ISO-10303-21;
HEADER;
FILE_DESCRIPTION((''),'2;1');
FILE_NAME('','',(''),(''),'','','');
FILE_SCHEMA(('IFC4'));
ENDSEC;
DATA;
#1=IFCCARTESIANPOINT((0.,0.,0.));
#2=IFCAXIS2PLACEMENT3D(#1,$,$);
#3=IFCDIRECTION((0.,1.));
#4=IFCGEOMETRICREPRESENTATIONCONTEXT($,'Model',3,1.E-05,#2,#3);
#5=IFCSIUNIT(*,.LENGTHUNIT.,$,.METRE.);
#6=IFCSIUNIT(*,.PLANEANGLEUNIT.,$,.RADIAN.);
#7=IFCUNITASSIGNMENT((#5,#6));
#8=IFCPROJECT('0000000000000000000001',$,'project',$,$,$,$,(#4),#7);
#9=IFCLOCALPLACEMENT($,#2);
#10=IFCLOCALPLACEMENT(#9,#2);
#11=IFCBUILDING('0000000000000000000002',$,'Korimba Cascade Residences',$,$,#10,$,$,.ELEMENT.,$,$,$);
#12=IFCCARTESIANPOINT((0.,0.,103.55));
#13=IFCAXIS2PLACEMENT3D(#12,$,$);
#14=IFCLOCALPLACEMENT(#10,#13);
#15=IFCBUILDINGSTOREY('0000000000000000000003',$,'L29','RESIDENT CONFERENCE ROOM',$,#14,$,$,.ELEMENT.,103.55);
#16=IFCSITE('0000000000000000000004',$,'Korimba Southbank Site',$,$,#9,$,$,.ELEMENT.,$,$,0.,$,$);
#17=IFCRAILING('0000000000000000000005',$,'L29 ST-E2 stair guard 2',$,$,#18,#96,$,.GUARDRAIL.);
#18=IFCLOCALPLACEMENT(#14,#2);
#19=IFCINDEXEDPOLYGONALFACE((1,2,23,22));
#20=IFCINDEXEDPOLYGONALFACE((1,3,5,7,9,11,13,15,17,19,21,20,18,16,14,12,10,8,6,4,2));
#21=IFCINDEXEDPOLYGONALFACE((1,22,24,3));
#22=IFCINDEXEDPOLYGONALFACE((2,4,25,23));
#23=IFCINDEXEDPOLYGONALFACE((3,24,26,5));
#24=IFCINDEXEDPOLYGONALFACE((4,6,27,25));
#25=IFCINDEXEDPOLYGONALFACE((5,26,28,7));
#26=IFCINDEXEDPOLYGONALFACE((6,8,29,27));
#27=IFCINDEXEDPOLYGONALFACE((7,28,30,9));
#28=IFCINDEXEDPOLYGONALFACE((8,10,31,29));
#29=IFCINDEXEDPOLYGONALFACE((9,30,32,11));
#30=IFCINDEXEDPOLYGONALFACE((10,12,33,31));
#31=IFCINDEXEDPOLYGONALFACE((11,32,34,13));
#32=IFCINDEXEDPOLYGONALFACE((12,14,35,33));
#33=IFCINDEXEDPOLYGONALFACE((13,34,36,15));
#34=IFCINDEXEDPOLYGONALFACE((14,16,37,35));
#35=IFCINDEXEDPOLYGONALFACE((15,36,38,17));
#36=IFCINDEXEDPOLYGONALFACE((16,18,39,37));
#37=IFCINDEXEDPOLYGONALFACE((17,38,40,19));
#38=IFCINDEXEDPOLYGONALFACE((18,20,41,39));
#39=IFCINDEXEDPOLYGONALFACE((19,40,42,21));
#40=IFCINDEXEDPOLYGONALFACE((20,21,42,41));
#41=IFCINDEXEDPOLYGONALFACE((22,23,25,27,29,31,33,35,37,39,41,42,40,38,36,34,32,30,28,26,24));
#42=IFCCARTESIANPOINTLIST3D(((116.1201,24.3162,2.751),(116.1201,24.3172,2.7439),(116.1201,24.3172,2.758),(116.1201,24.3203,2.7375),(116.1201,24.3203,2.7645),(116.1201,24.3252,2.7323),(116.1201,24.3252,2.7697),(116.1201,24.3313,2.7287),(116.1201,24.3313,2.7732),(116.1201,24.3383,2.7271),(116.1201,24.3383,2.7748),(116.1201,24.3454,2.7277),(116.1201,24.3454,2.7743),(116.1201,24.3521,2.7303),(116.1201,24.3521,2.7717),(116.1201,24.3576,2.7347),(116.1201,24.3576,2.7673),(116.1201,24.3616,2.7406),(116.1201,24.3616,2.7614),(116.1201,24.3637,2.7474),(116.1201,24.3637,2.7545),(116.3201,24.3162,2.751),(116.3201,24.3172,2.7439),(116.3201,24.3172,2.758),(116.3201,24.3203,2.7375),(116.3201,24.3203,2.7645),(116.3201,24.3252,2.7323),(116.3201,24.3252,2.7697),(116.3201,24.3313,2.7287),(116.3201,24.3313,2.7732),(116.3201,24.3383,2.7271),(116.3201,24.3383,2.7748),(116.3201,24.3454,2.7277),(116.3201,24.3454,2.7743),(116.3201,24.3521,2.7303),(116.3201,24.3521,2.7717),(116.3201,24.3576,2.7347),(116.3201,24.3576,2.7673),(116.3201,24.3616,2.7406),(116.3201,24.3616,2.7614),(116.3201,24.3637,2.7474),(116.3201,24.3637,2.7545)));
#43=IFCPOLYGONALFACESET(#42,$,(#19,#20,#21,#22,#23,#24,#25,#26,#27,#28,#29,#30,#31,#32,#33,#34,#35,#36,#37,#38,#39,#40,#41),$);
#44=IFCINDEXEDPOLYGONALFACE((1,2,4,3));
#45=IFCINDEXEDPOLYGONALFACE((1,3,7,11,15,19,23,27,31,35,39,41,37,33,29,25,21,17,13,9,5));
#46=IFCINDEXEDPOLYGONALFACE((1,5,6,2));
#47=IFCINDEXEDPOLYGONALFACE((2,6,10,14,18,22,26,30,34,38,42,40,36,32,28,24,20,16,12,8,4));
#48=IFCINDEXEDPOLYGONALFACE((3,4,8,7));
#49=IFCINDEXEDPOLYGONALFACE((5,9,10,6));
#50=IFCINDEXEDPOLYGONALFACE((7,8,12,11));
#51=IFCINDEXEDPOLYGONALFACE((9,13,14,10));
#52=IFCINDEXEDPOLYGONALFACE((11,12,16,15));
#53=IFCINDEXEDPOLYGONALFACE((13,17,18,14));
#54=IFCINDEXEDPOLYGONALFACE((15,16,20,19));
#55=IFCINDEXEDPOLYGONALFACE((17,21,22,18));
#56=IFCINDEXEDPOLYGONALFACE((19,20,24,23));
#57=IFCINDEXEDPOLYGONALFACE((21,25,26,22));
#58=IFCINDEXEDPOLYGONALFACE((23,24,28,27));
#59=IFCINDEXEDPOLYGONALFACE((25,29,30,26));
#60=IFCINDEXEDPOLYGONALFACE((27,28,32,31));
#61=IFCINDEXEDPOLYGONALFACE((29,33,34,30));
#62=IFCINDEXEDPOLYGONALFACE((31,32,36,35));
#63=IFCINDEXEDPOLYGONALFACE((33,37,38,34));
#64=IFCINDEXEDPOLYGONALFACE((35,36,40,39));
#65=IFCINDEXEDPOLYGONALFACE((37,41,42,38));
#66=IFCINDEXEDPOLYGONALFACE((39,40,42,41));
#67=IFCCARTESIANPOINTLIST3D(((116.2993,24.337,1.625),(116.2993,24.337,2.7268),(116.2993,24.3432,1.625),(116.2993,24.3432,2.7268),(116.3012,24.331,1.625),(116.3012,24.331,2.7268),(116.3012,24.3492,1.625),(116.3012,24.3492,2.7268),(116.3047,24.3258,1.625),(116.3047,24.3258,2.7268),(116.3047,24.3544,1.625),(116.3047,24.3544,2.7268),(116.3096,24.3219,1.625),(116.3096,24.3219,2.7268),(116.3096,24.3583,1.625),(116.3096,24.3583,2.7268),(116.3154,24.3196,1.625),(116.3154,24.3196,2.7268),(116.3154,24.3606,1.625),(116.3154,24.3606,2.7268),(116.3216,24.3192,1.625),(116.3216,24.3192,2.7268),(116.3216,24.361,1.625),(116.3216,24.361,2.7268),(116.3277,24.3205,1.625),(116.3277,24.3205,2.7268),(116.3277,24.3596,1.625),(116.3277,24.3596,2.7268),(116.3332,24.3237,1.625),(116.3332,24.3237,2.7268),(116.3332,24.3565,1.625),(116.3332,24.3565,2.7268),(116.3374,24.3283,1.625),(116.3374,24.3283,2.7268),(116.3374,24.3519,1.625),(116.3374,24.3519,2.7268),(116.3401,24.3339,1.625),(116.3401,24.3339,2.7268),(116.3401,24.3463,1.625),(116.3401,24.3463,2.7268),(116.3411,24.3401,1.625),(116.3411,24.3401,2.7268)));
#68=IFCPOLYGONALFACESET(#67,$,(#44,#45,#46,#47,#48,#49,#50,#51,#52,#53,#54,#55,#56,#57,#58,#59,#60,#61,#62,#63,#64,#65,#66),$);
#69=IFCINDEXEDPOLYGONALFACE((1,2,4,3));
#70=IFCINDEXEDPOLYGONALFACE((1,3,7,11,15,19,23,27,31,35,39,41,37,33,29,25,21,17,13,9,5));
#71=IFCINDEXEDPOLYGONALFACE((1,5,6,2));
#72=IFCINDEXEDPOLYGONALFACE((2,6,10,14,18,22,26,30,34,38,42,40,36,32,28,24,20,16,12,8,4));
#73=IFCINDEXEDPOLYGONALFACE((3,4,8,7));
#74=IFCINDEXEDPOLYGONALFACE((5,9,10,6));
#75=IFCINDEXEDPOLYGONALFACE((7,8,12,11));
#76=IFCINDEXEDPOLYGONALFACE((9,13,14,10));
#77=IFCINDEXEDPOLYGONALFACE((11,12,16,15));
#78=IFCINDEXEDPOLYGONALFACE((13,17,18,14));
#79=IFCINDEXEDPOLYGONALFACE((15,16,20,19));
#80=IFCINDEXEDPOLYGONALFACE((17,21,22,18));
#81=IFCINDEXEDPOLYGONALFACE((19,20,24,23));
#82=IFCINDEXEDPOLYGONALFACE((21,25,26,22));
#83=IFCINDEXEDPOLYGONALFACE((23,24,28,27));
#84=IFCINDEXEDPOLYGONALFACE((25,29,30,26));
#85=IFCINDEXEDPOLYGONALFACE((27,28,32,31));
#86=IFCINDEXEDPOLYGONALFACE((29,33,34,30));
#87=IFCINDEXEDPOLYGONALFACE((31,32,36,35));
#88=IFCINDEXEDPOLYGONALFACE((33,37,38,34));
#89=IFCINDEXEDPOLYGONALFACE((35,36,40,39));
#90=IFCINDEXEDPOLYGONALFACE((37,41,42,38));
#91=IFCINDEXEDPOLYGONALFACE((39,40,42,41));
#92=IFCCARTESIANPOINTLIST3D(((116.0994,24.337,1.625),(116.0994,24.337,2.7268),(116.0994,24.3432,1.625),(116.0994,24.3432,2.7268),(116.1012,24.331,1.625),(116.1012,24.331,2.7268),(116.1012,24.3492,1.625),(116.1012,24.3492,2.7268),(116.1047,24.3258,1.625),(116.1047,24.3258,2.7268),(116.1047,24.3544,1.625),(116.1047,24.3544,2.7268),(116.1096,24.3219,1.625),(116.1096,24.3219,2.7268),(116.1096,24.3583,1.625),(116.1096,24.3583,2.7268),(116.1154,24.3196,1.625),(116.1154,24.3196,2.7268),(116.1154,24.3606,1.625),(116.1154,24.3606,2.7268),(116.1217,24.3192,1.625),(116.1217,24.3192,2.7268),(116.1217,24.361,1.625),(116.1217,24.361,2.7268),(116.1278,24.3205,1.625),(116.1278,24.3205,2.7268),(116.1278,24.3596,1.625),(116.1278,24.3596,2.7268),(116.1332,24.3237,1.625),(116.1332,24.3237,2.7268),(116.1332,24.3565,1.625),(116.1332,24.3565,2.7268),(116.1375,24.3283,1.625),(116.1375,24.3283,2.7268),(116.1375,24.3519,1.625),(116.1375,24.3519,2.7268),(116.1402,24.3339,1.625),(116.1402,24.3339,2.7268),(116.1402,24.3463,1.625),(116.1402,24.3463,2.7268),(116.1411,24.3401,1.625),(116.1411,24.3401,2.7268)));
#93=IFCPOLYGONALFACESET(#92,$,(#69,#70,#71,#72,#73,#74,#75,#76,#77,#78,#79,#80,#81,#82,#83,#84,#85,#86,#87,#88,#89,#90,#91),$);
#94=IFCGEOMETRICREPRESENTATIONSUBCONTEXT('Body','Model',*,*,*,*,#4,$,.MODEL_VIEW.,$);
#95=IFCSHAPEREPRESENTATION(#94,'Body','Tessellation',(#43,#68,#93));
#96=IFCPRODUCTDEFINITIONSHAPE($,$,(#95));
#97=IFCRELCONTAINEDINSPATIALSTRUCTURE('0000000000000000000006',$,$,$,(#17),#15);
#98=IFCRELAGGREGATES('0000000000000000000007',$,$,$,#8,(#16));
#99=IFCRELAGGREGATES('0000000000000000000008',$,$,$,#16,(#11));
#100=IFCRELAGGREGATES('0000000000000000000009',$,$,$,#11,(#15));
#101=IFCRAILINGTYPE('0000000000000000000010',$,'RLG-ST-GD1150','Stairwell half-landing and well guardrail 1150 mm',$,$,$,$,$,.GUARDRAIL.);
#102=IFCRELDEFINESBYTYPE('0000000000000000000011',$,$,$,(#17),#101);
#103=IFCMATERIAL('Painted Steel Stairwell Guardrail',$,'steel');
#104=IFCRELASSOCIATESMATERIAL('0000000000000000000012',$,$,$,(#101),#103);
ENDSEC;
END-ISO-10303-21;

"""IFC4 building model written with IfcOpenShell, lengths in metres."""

from ifc_helpers import new_model, si_unit, direction, frame, origin, origin_2d, place, context, subcontext, project, spatial, circle, extrude, material, type_object, element, save


model = new_model("IFC4")

# Units and contexts
model_context = context("Model", 3, precision=1e-05, world=origin(), true_north=direction((0.0, 1.0)))
body_context = subcontext(model_context, "Body", "Model", "MODEL_VIEW")
ifc_project = project(units=[si_unit("LENGTHUNIT", "METRE"), si_unit("PLANEANGLEUNIT", "RADIAN")], contexts=[model_context])

# Site, building, storey
site_placement = place(None, origin())
site = spatial("IfcSite", under=ifc_project, at=site_placement, Name="Korimba Southbank Site", CompositionType="ELEMENT", RefElevation=0.0)
building_placement = place(site_placement, origin())
building = spatial("IfcBuilding", under=site, at=building_placement, Name="Korimba Cascade Residences", CompositionType="ELEMENT")
storey_placement = place(building_placement, frame((0.0, 0.0, 103.55)))
storey = spatial("IfcBuildingStorey", under=building, at=storey_placement, Name="L29", Description="RESIDENT CONFERENCE ROOM", CompositionType="ELEMENT", Elevation=103.55)

# Railing
ifc_material_1 = material(Name="Painted Steel Stairwell Guardrail", Category="steel")
railing_type_1 = type_object("IfcRailingType", Name="RLG-ST-GD1150", Description="Stairwell half-landing and well guardrail 1150 mm", PredefinedType="GUARDRAIL", material=ifc_material_1)
railing_1_placement = place(storey_placement, frame((116.3201, 24.3401, 1.625)))
element("IfcRailing", 1, at=railing_1_placement, inside=storey, type_object=railing_type_1, Name="L29 ST-E2 stair guard 2", PredefinedType="GUARDRAIL", context=body_context, shape_type="SweptSolid", body=[
    extrude(circle(Radius=0.0239, at=origin_2d()), frame((0.0, 0.0, 1.126), z_axis=(-1.0, 0.0, 0.0), x_axis=(0.0, -1.0, 0.0)), (0.0, 0.0, 1.0), 0.2),
    extrude(circle(Radius=0.021, at=origin_2d()), origin(), (0.0, 0.0, 1.0), 1.1018),
    extrude(circle(Radius=0.021, at=origin_2d()), frame((-0.2, 0.0, 0.0)), (0.0, 0.0, 1.0), 1.1018),
])

save(model, "model.ifc")
